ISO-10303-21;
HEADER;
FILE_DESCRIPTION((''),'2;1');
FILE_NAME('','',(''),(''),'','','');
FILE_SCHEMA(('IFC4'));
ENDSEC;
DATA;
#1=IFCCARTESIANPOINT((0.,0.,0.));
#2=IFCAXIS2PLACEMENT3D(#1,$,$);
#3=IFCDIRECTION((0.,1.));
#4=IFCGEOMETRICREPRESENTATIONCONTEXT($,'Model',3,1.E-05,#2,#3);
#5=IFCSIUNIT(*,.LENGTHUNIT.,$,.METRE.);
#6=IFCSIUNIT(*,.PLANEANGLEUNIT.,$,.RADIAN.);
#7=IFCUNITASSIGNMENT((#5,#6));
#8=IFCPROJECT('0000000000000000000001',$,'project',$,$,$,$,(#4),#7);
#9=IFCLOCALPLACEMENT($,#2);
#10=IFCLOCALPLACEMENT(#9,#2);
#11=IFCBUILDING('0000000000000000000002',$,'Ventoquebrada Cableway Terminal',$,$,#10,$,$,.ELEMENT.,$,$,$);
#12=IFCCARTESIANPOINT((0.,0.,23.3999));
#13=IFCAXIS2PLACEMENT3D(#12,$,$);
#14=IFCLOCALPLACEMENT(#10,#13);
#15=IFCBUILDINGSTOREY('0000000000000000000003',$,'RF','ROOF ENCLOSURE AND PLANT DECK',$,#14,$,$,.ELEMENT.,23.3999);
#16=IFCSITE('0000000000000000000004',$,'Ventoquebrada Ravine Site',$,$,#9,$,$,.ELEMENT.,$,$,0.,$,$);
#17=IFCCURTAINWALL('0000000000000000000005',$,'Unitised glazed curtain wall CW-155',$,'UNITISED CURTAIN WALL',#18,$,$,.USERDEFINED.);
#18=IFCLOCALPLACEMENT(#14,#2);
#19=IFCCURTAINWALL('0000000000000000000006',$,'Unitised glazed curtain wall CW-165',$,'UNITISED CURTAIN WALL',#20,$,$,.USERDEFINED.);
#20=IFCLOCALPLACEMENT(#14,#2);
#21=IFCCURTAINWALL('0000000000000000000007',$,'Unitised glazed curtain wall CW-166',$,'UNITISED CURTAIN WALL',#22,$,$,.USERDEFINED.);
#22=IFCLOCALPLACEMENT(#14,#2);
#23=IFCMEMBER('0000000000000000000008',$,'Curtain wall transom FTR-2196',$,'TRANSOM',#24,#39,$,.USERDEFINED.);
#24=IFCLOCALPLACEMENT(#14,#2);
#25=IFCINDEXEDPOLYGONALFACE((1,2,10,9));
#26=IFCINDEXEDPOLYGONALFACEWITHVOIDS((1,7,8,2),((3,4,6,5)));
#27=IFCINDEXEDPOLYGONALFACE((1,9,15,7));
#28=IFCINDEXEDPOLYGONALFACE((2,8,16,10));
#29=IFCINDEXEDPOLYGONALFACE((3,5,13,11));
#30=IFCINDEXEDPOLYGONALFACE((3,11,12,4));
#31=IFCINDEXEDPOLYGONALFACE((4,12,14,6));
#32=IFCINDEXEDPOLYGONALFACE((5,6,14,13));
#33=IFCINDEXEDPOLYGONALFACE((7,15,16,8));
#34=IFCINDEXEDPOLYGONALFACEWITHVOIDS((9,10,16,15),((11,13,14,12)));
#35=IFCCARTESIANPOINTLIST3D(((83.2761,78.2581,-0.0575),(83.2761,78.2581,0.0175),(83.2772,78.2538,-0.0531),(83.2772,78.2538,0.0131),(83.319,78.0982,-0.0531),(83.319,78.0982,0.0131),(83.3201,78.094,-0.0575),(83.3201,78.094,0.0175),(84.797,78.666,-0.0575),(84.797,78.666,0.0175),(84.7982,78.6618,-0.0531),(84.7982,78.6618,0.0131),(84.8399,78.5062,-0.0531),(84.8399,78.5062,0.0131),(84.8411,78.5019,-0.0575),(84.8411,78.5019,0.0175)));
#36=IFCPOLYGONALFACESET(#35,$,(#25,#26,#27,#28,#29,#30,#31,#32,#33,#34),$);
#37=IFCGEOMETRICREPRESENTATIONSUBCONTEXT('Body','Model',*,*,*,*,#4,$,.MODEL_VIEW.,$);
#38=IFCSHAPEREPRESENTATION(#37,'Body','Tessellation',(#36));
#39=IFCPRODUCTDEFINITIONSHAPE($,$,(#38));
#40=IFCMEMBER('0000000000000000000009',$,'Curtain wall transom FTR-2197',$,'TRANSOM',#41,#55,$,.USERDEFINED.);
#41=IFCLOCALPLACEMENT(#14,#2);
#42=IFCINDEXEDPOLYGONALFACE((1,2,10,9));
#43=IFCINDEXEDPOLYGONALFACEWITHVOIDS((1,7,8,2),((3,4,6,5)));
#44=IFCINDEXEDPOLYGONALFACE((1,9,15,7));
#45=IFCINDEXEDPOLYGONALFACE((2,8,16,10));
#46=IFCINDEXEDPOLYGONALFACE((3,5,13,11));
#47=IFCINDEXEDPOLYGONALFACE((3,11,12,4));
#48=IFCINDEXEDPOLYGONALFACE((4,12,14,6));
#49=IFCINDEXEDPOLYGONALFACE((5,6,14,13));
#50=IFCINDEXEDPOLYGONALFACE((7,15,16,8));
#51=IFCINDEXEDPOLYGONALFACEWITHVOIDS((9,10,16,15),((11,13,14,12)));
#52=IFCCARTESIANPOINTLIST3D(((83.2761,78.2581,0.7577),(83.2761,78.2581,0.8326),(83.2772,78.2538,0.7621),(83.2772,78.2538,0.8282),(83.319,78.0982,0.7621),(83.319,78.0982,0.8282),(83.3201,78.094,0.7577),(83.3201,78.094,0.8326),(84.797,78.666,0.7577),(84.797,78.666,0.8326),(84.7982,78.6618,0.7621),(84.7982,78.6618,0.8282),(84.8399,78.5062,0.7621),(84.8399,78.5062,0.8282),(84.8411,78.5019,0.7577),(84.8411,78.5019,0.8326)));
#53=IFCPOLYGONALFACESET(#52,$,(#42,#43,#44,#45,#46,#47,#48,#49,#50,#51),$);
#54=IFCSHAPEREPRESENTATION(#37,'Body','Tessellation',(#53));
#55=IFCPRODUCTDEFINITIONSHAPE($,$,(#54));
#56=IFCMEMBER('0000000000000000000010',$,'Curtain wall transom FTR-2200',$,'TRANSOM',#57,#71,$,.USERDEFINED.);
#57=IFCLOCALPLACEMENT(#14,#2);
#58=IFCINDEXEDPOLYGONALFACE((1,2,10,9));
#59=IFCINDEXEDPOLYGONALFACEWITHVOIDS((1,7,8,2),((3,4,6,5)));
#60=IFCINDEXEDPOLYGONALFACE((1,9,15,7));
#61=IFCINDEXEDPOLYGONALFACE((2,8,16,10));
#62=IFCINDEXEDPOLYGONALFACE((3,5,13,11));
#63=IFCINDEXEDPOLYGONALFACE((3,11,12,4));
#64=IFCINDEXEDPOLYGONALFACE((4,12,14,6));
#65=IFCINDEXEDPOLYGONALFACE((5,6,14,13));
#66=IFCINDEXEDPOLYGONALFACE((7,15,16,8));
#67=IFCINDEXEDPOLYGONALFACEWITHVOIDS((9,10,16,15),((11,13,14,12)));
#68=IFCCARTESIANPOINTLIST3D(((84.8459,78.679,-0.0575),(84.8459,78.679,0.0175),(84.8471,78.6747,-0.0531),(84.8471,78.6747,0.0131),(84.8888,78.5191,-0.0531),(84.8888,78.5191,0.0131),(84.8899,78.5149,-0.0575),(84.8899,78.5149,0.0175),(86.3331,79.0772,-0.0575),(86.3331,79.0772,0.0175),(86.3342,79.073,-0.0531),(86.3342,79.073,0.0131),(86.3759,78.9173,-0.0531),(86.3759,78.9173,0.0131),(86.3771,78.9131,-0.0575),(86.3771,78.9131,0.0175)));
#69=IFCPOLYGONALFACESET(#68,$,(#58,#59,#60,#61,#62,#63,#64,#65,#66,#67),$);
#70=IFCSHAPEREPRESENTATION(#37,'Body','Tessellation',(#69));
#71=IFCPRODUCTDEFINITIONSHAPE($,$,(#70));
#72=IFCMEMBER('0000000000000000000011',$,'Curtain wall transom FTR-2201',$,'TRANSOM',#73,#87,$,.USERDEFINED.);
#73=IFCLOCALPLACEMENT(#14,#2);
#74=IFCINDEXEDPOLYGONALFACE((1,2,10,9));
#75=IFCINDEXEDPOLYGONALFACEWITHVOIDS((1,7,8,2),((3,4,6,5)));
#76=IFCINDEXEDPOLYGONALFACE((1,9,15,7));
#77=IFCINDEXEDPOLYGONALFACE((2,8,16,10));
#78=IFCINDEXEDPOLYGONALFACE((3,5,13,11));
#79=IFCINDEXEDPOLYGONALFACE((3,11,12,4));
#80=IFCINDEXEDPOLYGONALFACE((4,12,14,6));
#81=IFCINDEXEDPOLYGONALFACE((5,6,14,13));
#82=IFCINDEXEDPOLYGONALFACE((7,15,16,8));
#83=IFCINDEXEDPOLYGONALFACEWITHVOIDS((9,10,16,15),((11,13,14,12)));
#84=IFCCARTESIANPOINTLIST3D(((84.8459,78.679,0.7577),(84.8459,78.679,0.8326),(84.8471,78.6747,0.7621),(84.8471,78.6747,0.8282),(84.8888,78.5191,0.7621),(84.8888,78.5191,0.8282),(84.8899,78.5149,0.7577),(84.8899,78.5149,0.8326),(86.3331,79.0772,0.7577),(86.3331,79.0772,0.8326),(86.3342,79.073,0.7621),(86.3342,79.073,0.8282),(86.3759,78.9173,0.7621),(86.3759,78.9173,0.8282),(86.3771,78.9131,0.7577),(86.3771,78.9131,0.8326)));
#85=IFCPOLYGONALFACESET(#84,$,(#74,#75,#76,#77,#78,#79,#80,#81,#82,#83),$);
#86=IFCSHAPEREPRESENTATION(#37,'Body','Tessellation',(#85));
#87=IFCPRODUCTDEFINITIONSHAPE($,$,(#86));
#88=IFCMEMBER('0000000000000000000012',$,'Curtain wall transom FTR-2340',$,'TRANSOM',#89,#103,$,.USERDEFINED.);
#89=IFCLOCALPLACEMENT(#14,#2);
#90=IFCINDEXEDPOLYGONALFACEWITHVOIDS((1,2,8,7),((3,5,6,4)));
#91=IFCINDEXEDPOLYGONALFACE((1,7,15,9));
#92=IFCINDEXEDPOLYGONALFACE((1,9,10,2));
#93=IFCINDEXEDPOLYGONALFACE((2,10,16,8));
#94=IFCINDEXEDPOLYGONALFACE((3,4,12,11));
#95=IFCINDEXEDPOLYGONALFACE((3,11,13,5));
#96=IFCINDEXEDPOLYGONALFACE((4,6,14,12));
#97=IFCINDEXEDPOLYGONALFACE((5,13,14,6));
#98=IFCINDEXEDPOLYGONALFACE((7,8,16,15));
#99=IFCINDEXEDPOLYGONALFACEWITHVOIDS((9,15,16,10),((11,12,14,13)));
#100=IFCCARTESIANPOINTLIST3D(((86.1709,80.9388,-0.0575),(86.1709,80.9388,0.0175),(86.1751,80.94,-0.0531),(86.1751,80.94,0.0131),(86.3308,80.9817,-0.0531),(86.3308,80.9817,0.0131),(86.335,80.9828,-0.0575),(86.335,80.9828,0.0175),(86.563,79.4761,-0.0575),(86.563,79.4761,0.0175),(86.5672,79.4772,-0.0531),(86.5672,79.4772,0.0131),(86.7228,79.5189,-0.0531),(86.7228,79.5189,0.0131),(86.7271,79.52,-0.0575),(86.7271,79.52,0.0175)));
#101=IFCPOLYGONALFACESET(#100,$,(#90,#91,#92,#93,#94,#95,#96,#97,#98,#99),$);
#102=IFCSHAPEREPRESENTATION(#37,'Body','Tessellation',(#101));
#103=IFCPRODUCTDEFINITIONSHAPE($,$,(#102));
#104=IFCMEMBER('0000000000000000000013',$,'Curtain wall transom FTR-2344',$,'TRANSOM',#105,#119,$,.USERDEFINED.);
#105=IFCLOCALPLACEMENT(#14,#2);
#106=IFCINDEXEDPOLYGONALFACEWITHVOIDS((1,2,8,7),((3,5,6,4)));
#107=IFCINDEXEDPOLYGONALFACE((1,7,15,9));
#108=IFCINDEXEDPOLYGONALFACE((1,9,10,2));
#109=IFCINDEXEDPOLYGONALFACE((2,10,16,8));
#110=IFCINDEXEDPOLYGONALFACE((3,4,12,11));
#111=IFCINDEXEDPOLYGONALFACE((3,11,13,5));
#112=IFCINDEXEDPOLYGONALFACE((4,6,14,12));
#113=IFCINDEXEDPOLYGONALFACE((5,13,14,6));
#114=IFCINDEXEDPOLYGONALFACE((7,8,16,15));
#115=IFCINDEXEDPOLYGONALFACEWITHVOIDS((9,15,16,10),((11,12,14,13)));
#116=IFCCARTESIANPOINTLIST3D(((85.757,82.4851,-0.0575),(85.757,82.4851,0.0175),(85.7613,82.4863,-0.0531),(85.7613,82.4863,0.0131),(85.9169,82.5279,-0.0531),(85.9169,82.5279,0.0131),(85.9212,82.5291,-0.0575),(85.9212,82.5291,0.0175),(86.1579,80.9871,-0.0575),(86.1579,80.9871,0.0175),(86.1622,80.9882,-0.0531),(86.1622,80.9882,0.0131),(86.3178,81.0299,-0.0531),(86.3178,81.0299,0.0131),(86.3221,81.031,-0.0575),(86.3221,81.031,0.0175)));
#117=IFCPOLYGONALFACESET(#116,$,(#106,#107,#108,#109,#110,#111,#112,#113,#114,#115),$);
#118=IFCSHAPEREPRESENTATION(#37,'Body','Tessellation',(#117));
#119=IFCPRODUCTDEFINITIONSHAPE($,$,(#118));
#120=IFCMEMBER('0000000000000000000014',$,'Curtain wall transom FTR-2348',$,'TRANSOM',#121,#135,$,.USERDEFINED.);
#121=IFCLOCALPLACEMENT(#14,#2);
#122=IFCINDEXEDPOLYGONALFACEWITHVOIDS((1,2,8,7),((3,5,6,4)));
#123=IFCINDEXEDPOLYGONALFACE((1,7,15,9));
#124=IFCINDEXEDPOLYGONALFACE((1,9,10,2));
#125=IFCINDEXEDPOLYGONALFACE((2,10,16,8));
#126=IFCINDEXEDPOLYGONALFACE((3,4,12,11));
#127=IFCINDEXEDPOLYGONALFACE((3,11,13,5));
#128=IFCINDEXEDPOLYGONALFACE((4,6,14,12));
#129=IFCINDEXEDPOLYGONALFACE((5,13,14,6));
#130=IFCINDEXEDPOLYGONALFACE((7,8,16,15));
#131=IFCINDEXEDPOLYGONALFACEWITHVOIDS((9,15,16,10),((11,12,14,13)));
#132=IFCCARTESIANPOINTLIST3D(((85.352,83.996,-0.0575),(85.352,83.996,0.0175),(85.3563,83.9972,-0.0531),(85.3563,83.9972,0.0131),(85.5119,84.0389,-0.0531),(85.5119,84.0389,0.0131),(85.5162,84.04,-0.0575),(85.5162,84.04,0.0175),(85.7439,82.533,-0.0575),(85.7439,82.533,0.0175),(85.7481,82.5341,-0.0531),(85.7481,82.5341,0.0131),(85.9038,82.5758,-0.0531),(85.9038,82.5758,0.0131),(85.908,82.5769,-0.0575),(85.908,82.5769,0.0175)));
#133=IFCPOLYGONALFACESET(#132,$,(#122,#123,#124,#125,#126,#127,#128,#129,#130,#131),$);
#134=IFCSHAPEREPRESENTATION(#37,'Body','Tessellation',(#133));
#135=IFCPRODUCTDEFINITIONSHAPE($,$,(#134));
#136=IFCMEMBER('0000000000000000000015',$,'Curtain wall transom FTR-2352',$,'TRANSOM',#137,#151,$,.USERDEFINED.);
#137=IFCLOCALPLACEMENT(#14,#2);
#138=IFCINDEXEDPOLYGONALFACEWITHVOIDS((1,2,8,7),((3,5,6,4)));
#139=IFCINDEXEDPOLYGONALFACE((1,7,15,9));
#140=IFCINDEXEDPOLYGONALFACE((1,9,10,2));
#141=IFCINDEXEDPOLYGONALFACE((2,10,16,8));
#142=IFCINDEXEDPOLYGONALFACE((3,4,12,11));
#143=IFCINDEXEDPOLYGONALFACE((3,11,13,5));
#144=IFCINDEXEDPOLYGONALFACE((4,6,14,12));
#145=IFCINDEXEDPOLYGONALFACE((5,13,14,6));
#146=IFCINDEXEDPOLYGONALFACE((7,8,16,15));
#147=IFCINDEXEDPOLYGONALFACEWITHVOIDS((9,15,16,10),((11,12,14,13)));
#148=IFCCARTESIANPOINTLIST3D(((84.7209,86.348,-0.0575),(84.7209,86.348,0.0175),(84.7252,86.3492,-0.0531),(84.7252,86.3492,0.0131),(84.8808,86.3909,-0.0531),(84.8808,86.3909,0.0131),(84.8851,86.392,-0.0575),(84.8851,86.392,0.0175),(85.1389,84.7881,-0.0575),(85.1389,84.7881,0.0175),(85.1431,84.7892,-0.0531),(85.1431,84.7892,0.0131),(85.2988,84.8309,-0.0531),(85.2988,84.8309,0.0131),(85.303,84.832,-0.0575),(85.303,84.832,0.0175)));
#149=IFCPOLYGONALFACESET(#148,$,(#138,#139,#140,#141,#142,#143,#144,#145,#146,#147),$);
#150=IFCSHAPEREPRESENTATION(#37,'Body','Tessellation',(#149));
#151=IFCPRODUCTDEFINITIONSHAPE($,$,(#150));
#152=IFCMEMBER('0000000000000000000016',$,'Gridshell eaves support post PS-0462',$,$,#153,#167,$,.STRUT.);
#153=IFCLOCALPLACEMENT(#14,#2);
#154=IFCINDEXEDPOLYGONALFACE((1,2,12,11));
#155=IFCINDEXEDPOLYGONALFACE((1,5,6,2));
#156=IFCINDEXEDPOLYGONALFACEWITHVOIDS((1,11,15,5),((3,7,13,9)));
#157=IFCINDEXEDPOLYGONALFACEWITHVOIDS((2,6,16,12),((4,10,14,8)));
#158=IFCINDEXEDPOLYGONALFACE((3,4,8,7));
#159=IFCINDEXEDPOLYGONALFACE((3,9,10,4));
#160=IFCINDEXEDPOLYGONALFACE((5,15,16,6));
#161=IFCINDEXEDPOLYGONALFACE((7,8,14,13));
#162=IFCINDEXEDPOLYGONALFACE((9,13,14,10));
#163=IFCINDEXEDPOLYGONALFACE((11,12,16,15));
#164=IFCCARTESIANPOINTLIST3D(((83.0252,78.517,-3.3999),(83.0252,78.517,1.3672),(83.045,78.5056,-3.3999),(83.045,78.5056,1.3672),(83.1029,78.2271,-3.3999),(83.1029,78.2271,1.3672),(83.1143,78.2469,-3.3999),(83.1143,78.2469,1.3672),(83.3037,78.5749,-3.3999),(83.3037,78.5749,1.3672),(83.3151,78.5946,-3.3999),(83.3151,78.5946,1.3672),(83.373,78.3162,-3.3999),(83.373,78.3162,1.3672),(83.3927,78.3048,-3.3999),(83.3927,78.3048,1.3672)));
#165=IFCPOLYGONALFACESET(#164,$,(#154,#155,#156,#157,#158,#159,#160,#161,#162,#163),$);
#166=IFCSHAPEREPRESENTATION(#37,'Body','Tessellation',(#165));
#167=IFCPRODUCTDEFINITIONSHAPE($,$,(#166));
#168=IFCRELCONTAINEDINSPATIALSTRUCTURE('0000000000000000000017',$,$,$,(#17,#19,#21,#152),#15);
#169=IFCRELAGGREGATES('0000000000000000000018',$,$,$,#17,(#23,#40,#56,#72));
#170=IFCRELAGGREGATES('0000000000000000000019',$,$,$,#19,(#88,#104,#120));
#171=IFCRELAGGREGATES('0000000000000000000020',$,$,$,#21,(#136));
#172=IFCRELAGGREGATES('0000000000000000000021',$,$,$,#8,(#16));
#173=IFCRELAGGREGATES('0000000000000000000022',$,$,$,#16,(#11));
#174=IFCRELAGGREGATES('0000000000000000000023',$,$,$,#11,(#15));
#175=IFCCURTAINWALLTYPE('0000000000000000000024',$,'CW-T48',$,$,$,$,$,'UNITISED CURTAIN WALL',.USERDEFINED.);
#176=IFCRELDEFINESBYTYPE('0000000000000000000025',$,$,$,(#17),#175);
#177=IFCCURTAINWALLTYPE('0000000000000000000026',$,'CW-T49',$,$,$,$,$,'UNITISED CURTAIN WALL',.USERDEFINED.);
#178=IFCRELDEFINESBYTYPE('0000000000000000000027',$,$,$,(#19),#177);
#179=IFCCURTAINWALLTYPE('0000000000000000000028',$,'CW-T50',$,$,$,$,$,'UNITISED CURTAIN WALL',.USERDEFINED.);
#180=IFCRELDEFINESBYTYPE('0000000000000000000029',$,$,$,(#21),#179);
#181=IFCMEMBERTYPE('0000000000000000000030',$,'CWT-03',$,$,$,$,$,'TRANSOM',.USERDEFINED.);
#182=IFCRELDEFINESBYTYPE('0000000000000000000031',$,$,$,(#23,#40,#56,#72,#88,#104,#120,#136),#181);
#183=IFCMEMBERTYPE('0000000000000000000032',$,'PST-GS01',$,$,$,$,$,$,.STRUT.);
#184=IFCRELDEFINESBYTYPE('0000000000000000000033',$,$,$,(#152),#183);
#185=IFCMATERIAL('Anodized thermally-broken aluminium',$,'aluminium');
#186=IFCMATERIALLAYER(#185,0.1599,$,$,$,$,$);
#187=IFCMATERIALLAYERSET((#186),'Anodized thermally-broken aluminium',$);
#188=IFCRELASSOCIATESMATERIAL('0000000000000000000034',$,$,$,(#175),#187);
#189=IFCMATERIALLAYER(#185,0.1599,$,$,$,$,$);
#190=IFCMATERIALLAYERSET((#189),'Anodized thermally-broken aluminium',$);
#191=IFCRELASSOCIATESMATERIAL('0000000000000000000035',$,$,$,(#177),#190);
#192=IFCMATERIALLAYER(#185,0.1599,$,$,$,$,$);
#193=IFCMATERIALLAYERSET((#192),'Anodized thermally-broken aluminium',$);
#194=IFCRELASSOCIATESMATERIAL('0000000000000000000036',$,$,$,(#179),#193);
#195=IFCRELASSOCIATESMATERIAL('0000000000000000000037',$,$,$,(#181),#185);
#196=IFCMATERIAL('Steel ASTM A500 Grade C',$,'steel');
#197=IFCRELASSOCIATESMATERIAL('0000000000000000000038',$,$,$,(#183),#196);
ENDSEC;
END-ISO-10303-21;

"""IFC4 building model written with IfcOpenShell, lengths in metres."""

from ifc_helpers import new_model, si_unit, direction, frame, origin, origin_2d, place, context, subcontext, project, spatial, hollow_rectangle, extrude, material, layer, layer_set, material_profile, profile_set, type_object, element, aggregate, save


model = new_model("IFC4")

# Units and contexts
model_context = context("Model", 3, precision=1e-05, world=origin(), true_north=direction((0.0, 1.0)))
body_context = subcontext(model_context, "Body", "Model", "MODEL_VIEW")
ifc_project = project(units=[si_unit("LENGTHUNIT", "METRE"), si_unit("PLANEANGLEUNIT", "RADIAN")], contexts=[model_context])

# Site, building, storey
site_placement = place(None, origin())
site = spatial("IfcSite", under=ifc_project, at=site_placement, Name="Ventoquebrada Ravine Site", CompositionType="ELEMENT", RefElevation=0.0)
building_placement = place(site_placement, origin())
building = spatial("IfcBuilding", under=site, at=building_placement, Name="Ventoquebrada Cableway Terminal", CompositionType="ELEMENT")
storey_placement = place(building_placement, frame((0.0, 0.0, 23.3999)))
storey = spatial("IfcBuildingStorey", under=building, at=storey_placement, Name="RF", Description="ROOF ENCLOSURE AND PLANT DECK", CompositionType="ELEMENT", Elevation=23.3999)

# Shared definitions
ifc_material_1 = material(Name="Steel ASTM A500 Grade C", Category="steel")

# Curtain walls
ifc_material_2 = material(Name="Anodized thermally-broken aluminium", Category="aluminium")
ifc_layer_1 = layer(ifc_material_2, 0.1599)
ifc_layer_set_1 = layer_set([ifc_layer_1], Name="Anodized thermally-broken aluminium")
curtain_wall_type_1 = type_object("IfcCurtainWallType", Name="CW-T48", ElementType="UNITISED CURTAIN WALL", PredefinedType="USERDEFINED", material=ifc_layer_set_1)
curtain_wall_1_placement = place(storey_placement, origin())
curtain_wall_1 = element("IfcCurtainWall", 1, at=curtain_wall_1_placement, inside=storey, type_object=curtain_wall_type_1, Name="Unitised glazed curtain wall CW-155", ObjectType="UNITISED CURTAIN WALL", PredefinedType="USERDEFINED")
ifc_layer_2 = layer(ifc_material_2, 0.1599)
ifc_layer_set_2 = layer_set([ifc_layer_2], Name="Anodized thermally-broken aluminium")
curtain_wall_type_2 = type_object("IfcCurtainWallType", Name="CW-T49", ElementType="UNITISED CURTAIN WALL", PredefinedType="USERDEFINED", material=ifc_layer_set_2)
curtain_wall_2_placement = place(storey_placement, origin())
curtain_wall_2 = element("IfcCurtainWall", 2, at=curtain_wall_2_placement, inside=storey, type_object=curtain_wall_type_2, Name="Unitised glazed curtain wall CW-165", ObjectType="UNITISED CURTAIN WALL", PredefinedType="USERDEFINED")

# Curtain wall
ifc_layer_3 = layer(ifc_material_2, 0.1599)
ifc_layer_set_3 = layer_set([ifc_layer_3], Name="Anodized thermally-broken aluminium")
curtain_wall_type_3 = type_object("IfcCurtainWallType", Name="CW-T50", ElementType="UNITISED CURTAIN WALL", PredefinedType="USERDEFINED", material=ifc_layer_set_3)
curtain_wall_3_placement = place(storey_placement, origin())
curtain_wall_3 = element("IfcCurtainWall", 3, at=curtain_wall_3_placement, inside=storey, type_object=curtain_wall_type_3, Name="Unitised glazed curtain wall CW-166", ObjectType="UNITISED CURTAIN WALL", PredefinedType="USERDEFINED")

# Members
ifc_material_profile_1 = material_profile(ifc_material_2, hollow_rectangle(XDim=0.075, YDim=0.1699, WallThickness=0.0044, at=origin_2d()), Name="CW-TRN-75X170")
ifc_profile_set_1 = profile_set([ifc_material_profile_1], Name="Anodized thermally-broken aluminium")
member_type_1 = type_object("IfcMemberType", Name="CWT-03", ElementType="TRANSOM", PredefinedType="USERDEFINED", material=ifc_profile_set_1)
member_1_placement = place(storey_placement, frame((83.2981, 78.176, -0.02), z_axis=(0.965861, 0.259062, 0.0), x_axis=(0.0, 0.0, 1.0)))
member_1 = element("IfcMember", 4, at=member_1_placement, type_object=member_type_1, Name="Curtain wall transom FTR-2196", ObjectType="TRANSOM", PredefinedType="USERDEFINED", context=body_context, shape_type="SweptSolid", body=[
    extrude(hollow_rectangle(XDim=0.075, YDim=0.1699, WallThickness=0.0044, at=origin_2d()), origin(), (0.0, 0.0, 1.0), 1.5747),
])
member_2_placement = place(storey_placement, frame((83.2981, 78.176, 0.7952), z_axis=(0.965861, 0.259062, 0.0), x_axis=(0.0, 0.0, 1.0)))
member_2 = element("IfcMember", 5, at=member_2_placement, type_object=member_type_1, Name="Curtain wall transom FTR-2197", ObjectType="TRANSOM", PredefinedType="USERDEFINED", context=body_context, shape_type="SweptSolid", body=[
    extrude(hollow_rectangle(XDim=0.075, YDim=0.1699, WallThickness=0.0044, at=origin_2d()), origin(), (0.0, 0.0, 1.0), 1.5747),
])
member_3_placement = place(storey_placement, frame((84.8679, 78.5969, -0.02), z_axis=(0.965969, 0.258659, 0.0), x_axis=(0.0, 0.0, 1.0)))
member_3 = element("IfcMember", 6, at=member_3_placement, type_object=member_type_1, Name="Curtain wall transom FTR-2200", ObjectType="TRANSOM", PredefinedType="USERDEFINED", context=body_context, shape_type="SweptSolid", body=[
    extrude(hollow_rectangle(XDim=0.075, YDim=0.1699, WallThickness=0.0044, at=origin_2d()), origin(), (0.0, 0.0, 1.0), 1.5396),
])
member_4_placement = place(storey_placement, frame((84.8679, 78.5969, 0.7952), z_axis=(0.965969, 0.258659, 0.0), x_axis=(0.0, 0.0, 1.0)))
member_4 = element("IfcMember", 7, at=member_4_placement, type_object=member_type_1, Name="Curtain wall transom FTR-2201", ObjectType="TRANSOM", PredefinedType="USERDEFINED", context=body_context, shape_type="SweptSolid", body=[
    extrude(hollow_rectangle(XDim=0.075, YDim=0.1699, WallThickness=0.0044, at=origin_2d()), origin(), (0.0, 0.0, 1.0), 1.5396),
])
member_5_placement = place(storey_placement, frame((86.645, 79.498, -0.02), z_axis=(-0.258886, 0.965908, 0.0), x_axis=(0.0, 0.0, 1.0)))
member_5 = element("IfcMember", 8, at=member_5_placement, type_object=member_type_1, Name="Curtain wall transom FTR-2340", ObjectType="TRANSOM", PredefinedType="USERDEFINED", context=body_context, shape_type="SweptSolid", body=[
    extrude(hollow_rectangle(XDim=0.075, YDim=0.1699, WallThickness=0.0044, at=origin_2d()), origin(), (0.0, 0.0, 1.0), 1.5144),
])
member_6_placement = place(storey_placement, frame((86.24, 81.009, -0.02), z_axis=(-0.258505, 0.96601, 0.0), x_axis=(0.0, 0.0, 1.0)))
member_6 = element("IfcMember", 9, at=member_6_placement, type_object=member_type_1, Name="Curtain wall transom FTR-2344", ObjectType="TRANSOM", PredefinedType="USERDEFINED", context=body_context, shape_type="SweptSolid", body=[
    extrude(hollow_rectangle(XDim=0.075, YDim=0.1699, WallThickness=0.0044, at=origin_2d()), origin(), (0.0, 0.0, 1.0), 1.5508),
])
member_7_placement = place(storey_placement, frame((85.8259, 82.5549, -0.02), z_axis=(-0.258696, 0.965959, 0.0), x_axis=(0.0, 0.0, 1.0)))
member_7 = element("IfcMember", 10, at=member_7_placement, type_object=member_type_1, Name="Curtain wall transom FTR-2348", ObjectType="TRANSOM", PredefinedType="USERDEFINED", context=body_context, shape_type="SweptSolid", body=[
    extrude(hollow_rectangle(XDim=0.075, YDim=0.1699, WallThickness=0.0044, at=origin_2d()), origin(), (0.0, 0.0, 1.0), 1.5146),
])
member_8_placement = place(storey_placement, frame((85.2209, 84.8101, -0.02), z_axis=(-0.258791, 0.965933, 0.0), x_axis=(0.0, 0.0, 1.0)))
member_8 = element("IfcMember", 11, at=member_8_placement, type_object=member_type_1, Name="Curtain wall transom FTR-2352", ObjectType="TRANSOM", PredefinedType="USERDEFINED", context=body_context, shape_type="SweptSolid", body=[
    extrude(hollow_rectangle(XDim=0.075, YDim=0.1699, WallThickness=0.0044, at=origin_2d()), origin(), (0.0, 0.0, 1.0), 1.615),
])

# Member
ifc_material_profile_2 = material_profile(ifc_material_1, hollow_rectangle(XDim=0.3, YDim=0.3, WallThickness=0.0161, at=origin_2d()), Name="HSS300X300X16")
ifc_profile_set_2 = profile_set([ifc_material_profile_2], Name="Steel ASTM A500 Grade C")
member_type_2 = type_object("IfcMemberType", Name="PST-GS01", PredefinedType="STRUT", material=ifc_profile_set_2)
member_9_placement = place(storey_placement, frame((83.209, 78.4109, -3.3999), z_axis=(0.0, 0.0, 1.0), x_axis=(0.965926, 0.258819, 0.0)))
element("IfcMember", 12, at=member_9_placement, inside=storey, type_object=member_type_2, Name="Gridshell eaves support post PS-0462", PredefinedType="STRUT", context=body_context, shape_type="SweptSolid", body=[
    extrude(hollow_rectangle(XDim=0.3, YDim=0.3, WallThickness=0.0161, at=origin_2d()), origin(), (0.0, 0.0, 1.0), 4.7671),
])

aggregate(curtain_wall_1, [member_1, member_2, member_3, member_4])
aggregate(curtain_wall_2, [member_5, member_6, member_7])
aggregate(curtain_wall_3, [member_8])

save(model, "model.ifc")
